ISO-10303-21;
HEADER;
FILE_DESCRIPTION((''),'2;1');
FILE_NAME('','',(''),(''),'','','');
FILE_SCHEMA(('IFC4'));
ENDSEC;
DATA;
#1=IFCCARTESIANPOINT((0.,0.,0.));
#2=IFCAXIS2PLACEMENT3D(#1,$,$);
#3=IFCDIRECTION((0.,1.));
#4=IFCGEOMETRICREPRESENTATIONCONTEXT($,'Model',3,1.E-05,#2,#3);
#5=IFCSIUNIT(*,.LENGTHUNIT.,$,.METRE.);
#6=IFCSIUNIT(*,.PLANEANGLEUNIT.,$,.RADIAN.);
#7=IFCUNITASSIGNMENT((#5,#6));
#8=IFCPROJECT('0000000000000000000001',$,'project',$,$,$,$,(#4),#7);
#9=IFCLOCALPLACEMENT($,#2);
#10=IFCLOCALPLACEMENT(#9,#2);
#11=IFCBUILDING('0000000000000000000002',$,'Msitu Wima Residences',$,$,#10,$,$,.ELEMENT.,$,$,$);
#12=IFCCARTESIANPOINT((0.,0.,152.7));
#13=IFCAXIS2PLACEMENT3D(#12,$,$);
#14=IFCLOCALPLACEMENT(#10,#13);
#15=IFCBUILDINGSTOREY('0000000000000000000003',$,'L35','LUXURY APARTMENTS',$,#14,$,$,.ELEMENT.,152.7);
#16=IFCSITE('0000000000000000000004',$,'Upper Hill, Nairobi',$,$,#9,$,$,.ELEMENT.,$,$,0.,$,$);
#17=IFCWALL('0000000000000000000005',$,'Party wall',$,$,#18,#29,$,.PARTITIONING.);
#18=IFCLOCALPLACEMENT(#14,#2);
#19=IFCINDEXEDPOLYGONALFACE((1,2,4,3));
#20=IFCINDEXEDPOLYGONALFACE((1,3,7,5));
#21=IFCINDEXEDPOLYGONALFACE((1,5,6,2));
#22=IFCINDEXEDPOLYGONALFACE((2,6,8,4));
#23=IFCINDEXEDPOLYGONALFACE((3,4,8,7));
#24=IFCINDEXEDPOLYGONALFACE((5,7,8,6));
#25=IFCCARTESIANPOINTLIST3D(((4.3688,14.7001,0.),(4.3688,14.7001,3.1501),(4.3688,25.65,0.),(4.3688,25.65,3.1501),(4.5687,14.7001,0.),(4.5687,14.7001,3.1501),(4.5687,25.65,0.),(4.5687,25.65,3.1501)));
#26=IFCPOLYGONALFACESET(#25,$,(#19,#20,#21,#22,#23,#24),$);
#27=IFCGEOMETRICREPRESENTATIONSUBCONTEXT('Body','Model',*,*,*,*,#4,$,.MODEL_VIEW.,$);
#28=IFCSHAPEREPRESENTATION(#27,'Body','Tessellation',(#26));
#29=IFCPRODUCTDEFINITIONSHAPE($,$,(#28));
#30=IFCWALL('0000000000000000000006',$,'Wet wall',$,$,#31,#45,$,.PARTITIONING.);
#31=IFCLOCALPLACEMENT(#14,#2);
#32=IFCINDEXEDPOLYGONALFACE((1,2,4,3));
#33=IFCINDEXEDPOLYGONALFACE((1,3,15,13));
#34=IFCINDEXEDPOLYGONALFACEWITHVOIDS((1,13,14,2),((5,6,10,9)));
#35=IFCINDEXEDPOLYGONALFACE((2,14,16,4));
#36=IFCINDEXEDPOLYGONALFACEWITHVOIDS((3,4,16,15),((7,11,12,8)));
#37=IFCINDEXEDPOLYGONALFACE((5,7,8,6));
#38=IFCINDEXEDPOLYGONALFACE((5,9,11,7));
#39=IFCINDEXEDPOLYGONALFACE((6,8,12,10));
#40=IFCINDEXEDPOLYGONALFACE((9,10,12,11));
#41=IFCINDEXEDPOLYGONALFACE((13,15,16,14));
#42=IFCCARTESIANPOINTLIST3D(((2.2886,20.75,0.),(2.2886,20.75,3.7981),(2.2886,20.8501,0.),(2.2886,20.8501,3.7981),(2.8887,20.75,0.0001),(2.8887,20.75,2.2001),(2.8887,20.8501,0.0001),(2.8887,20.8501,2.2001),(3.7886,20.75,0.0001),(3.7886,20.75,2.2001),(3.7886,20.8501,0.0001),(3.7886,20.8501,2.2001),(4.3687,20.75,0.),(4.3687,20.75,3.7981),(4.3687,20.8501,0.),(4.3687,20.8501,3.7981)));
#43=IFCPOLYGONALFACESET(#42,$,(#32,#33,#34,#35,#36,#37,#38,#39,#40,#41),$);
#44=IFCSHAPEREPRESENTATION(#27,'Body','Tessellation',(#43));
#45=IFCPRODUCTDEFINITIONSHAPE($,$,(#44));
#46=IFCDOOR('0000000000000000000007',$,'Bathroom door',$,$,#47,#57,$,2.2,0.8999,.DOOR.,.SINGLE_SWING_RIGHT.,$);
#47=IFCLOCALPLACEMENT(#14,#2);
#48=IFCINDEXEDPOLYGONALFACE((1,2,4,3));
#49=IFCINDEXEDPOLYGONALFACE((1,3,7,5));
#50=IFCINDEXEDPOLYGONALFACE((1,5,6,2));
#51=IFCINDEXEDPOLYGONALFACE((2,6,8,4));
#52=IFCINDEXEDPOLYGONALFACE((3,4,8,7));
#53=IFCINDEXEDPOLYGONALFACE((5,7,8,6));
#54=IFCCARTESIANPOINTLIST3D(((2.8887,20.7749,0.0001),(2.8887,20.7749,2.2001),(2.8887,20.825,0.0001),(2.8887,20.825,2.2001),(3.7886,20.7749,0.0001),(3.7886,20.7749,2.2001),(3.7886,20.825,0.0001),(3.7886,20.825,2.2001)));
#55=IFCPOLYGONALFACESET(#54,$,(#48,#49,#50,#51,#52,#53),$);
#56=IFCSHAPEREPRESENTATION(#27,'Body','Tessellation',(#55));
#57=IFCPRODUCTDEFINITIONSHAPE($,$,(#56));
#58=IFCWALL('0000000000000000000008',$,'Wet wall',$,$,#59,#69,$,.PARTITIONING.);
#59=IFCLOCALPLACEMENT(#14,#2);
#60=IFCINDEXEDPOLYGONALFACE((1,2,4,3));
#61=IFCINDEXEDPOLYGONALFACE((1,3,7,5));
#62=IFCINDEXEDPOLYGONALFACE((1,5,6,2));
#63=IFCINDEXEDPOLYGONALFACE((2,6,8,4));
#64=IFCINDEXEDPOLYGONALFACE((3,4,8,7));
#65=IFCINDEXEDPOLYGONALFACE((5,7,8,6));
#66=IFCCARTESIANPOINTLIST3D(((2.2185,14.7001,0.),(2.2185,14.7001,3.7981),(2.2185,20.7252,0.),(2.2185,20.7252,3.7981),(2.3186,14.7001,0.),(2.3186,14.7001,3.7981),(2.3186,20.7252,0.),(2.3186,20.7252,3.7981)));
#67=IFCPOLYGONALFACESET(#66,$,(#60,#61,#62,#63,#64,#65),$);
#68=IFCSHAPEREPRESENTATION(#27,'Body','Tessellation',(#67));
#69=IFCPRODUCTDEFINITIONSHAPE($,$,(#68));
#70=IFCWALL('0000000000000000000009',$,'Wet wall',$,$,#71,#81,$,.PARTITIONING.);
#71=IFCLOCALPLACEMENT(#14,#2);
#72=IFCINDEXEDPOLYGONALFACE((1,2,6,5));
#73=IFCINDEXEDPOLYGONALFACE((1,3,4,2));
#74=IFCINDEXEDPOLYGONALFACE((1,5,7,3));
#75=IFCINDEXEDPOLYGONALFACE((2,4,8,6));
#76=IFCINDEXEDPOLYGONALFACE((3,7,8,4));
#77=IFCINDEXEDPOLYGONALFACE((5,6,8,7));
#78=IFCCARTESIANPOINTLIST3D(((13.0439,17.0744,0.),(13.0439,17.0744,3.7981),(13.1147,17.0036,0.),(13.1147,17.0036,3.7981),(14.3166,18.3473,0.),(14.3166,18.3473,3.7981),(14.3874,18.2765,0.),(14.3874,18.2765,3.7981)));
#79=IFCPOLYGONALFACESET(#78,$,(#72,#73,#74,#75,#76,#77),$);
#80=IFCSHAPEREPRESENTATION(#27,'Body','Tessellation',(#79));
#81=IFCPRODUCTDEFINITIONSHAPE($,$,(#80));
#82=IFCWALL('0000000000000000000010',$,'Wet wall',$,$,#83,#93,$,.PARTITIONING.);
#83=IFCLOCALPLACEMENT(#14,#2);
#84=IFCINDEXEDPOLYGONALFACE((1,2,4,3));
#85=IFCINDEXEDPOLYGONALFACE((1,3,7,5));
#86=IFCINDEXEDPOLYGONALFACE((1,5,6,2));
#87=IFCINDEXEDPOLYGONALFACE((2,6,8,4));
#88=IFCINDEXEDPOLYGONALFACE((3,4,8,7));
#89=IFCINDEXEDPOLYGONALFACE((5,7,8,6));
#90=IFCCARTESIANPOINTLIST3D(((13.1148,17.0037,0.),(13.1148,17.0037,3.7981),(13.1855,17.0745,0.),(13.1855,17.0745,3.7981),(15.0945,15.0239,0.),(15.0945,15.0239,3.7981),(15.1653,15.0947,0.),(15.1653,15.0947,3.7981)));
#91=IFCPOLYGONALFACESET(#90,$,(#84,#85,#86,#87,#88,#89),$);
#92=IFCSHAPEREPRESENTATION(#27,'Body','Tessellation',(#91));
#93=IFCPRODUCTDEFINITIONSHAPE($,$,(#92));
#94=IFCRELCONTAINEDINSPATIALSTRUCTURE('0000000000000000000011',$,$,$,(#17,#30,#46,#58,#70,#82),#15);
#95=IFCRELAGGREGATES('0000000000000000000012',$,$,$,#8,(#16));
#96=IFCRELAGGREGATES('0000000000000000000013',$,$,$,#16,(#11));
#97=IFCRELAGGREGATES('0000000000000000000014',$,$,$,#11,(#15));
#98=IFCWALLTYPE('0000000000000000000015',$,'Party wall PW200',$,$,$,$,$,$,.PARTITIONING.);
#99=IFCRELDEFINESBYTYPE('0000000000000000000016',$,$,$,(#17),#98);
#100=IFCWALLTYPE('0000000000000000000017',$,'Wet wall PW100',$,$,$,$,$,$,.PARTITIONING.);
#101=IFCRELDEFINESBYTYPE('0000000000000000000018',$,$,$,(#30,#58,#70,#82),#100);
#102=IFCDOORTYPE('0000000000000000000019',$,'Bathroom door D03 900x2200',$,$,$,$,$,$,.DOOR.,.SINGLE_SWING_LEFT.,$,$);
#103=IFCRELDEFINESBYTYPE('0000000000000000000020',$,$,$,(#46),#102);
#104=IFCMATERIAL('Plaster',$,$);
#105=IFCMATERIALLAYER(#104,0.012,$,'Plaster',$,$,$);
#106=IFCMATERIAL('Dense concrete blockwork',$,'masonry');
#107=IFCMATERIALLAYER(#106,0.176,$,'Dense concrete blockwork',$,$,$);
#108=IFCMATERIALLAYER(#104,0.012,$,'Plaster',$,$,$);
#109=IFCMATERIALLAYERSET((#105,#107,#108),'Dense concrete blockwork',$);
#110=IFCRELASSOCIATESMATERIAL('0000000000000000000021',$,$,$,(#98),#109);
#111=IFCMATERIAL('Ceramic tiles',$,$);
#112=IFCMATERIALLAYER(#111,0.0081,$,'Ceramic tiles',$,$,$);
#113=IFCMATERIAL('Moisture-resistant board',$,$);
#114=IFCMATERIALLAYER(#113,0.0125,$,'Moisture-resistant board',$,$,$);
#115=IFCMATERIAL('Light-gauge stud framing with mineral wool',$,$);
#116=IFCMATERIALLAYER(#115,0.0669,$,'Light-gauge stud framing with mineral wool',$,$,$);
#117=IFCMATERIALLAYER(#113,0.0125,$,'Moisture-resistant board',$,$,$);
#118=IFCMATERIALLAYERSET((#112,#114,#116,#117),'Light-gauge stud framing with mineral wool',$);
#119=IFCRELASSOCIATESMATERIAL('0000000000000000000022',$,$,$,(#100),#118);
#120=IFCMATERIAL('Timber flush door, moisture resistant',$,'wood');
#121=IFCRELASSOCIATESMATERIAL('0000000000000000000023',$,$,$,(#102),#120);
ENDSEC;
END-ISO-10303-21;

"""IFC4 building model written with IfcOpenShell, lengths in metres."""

from ifc_helpers import new_model, si_unit, direction, frame, frame_2d, origin, place, context, subcontext, project, spatial, rectangle, extrude, material, layer, layer_set, type_object, element, fill, save


model = new_model("IFC4")

# Units and contexts
model_context = context("Model", 3, precision=1e-05, world=origin(), true_north=direction((0.0, 1.0)))
body_context = subcontext(model_context, "Body", "Model", "MODEL_VIEW")
ifc_project = project(units=[si_unit("LENGTHUNIT", "METRE"), si_unit("PLANEANGLEUNIT", "RADIAN")], contexts=[model_context])

# Site, building, storey
site_placement = place(None, origin())
site = spatial("IfcSite", under=ifc_project, at=site_placement, Name="Upper Hill, Nairobi", CompositionType="ELEMENT", RefElevation=0.0)
building_placement = place(site_placement, origin())
building = spatial("IfcBuilding", under=site, at=building_placement, Name="Msitu Wima Residences", CompositionType="ELEMENT")
storey_placement = place(building_placement, frame((0.0, 0.0, 152.7)))
storey = spatial("IfcBuildingStorey", under=building, at=storey_placement, Name="L35", Description="LUXURY APARTMENTS", CompositionType="ELEMENT", Elevation=152.7)

# Shared definitions
ifc_material_1 = material(Name="Plaster")

# Wall
ifc_layer_1 = layer(ifc_material_1, 0.012, Name="Plaster")
ifc_material_2 = material(Name="Dense concrete blockwork", Category="masonry")
ifc_layer_2 = layer(ifc_material_2, 0.176, Name="Dense concrete blockwork")
ifc_layer_3 = layer(ifc_material_1, 0.012, Name="Plaster")
ifc_layer_set_1 = layer_set([ifc_layer_1, ifc_layer_2, ifc_layer_3], Name="Dense concrete blockwork")
wall_type_1 = type_object("IfcWallType", Name="Party wall PW200", PredefinedType="PARTITIONING", material=ifc_layer_set_1)
wall_1_placement = place(storey_placement, frame((4.4688, 14.7, 0.0), z_axis=(0.0, 0.0, 1.0), x_axis=(0.0, 1.0, 0.0)))
element("IfcWall", 1, at=wall_1_placement, inside=storey, type_object=wall_type_1, Name="Party wall", PredefinedType="PARTITIONING", context=body_context, shape_type="SweptSolid", body=[
    extrude(rectangle(XDim=10.95, YDim=0.2, at=frame_2d((5.4751, 0.0))), origin(), (0.0, 0.0, 1.0), 3.1501),
])

# Wall, opening, door
ifc_material_3 = material(Name="Ceramic tiles")
ifc_layer_4 = layer(ifc_material_3, 0.0081, Name="Ceramic tiles")
ifc_material_4 = material(Name="Moisture-resistant board")
ifc_layer_5 = layer(ifc_material_4, 0.0125, Name="Moisture-resistant board")
ifc_material_5 = material(Name="Light-gauge stud framing with mineral wool")
ifc_layer_6 = layer(ifc_material_5, 0.0669, Name="Light-gauge stud framing with mineral wool")
ifc_layer_7 = layer(ifc_material_4, 0.0125, Name="Moisture-resistant board")
ifc_layer_set_2 = layer_set([ifc_layer_4, ifc_layer_5, ifc_layer_6, ifc_layer_7], Name="Light-gauge stud framing with mineral wool")
wall_type_2 = type_object("IfcWallType", Name="Wet wall PW100", PredefinedType="PARTITIONING", material=ifc_layer_set_2)
wall_2_placement = place(storey_placement, frame((2.2886, 20.8, 0.0), z_axis=(0.0, 0.0, 1.0), x_axis=(1.0, 0.0, 0.0)))
wall_2 = element("IfcWall", 2, at=wall_2_placement, inside=storey, type_object=wall_type_2, Name="Wet wall", PredefinedType="PARTITIONING", context=body_context, shape_type="SweptSolid", body=[
    extrude(rectangle(XDim=2.0801, YDim=0.1001, at=frame_2d((1.04, 0.0))), origin(), (0.0, 0.0, 1.0), 3.7981),
])
opening_1_placement = place(wall_2_placement, frame((0.6001, 0.0, 0.0)))
opening_1 = element("IfcOpeningElement", 3, at=opening_1_placement, cuts=wall_2, PredefinedType="OPENING", context=body_context, shape_type="SweptSolid", body=[
    extrude(rectangle(XDim=0.8999, YDim=2.2, at=frame_2d((0.45, 1.1001))), frame((0.0, 0.0601, 0.0), z_axis=(0.0, -1.0, 0.0), x_axis=(1.0, 0.0, 0.0)), (0.0, 0.0, 1.0), 0.1201),
])
ifc_material_6 = material(Name="Timber flush door, moisture resistant", Category="wood")
door_type_1 = type_object("IfcDoorType", Name="Bathroom door D03 900x2200", OperationType="SINGLE_SWING_LEFT", PredefinedType="DOOR", material=ifc_material_6)
door_1_placement = place(opening_1_placement, origin())
door_1 = element("IfcDoor", 4, at=door_1_placement, inside=storey, type_object=door_type_1, Name="Bathroom door", OperationType="SINGLE_SWING_RIGHT", OverallHeight=2.2, OverallWidth=0.8999, PredefinedType="DOOR", context=body_context, shape_type="SweptSolid", body=[
    extrude(rectangle(XDim=0.8999, YDim=2.2, at=frame_2d((0.45, 1.1001))), frame((0.0, 0.0249, 0.0), z_axis=(0.0, -1.0, 0.0), x_axis=(1.0, 0.0, 0.0)), (0.0, 0.0, 1.0), 0.05),
])
fill(opening_1, door_1)

# Walls
wall_3_placement = place(storey_placement, frame((2.2686, 14.7, 0.0), z_axis=(0.0, 0.0, 1.0), x_axis=(0.0, 1.0, 0.0)))
element("IfcWall", 5, at=wall_3_placement, inside=storey, type_object=wall_type_2, Name="Wet wall", PredefinedType="PARTITIONING", context=body_context, shape_type="SweptSolid", body=[
    extrude(rectangle(XDim=6.0251, YDim=0.1001, at=frame_2d((3.0127, 0.0))), origin(), (0.0, 0.0, 1.0), 3.7981),
])
wall_4_placement = place(storey_placement, frame((13.0793, 17.0391, 0.0), z_axis=(0.0, 0.0, 1.0), x_axis=(0.707039, 0.707175, 0.0)))
element("IfcWall", 6, at=wall_4_placement, inside=storey, type_object=wall_type_2, Name="Wet wall", PredefinedType="PARTITIONING", context=body_context, shape_type="SweptSolid", body=[
    extrude(rectangle(XDim=1.8, YDim=0.1001, at=frame_2d((0.8999, 0.0))), origin(), (0.0, 0.0, 1.0), 3.7981),
])
wall_5_placement = place(storey_placement, frame((13.1501, 17.0391, 0.0), z_axis=(0.0, 0.0, 1.0), x_axis=(0.707107, -0.707107, 0.0)))
element("IfcWall", 7, at=wall_5_placement, inside=storey, type_object=wall_type_2, Name="Wet wall", PredefinedType="PARTITIONING", context=body_context, shape_type="SweptSolid", body=[
    extrude(rectangle(XDim=2.7998, YDim=0.1001, at=frame_2d((1.3999, 0.0))), origin(), (0.0, 0.0, 1.0), 3.7981),
])

save(model, "model.ifc")
